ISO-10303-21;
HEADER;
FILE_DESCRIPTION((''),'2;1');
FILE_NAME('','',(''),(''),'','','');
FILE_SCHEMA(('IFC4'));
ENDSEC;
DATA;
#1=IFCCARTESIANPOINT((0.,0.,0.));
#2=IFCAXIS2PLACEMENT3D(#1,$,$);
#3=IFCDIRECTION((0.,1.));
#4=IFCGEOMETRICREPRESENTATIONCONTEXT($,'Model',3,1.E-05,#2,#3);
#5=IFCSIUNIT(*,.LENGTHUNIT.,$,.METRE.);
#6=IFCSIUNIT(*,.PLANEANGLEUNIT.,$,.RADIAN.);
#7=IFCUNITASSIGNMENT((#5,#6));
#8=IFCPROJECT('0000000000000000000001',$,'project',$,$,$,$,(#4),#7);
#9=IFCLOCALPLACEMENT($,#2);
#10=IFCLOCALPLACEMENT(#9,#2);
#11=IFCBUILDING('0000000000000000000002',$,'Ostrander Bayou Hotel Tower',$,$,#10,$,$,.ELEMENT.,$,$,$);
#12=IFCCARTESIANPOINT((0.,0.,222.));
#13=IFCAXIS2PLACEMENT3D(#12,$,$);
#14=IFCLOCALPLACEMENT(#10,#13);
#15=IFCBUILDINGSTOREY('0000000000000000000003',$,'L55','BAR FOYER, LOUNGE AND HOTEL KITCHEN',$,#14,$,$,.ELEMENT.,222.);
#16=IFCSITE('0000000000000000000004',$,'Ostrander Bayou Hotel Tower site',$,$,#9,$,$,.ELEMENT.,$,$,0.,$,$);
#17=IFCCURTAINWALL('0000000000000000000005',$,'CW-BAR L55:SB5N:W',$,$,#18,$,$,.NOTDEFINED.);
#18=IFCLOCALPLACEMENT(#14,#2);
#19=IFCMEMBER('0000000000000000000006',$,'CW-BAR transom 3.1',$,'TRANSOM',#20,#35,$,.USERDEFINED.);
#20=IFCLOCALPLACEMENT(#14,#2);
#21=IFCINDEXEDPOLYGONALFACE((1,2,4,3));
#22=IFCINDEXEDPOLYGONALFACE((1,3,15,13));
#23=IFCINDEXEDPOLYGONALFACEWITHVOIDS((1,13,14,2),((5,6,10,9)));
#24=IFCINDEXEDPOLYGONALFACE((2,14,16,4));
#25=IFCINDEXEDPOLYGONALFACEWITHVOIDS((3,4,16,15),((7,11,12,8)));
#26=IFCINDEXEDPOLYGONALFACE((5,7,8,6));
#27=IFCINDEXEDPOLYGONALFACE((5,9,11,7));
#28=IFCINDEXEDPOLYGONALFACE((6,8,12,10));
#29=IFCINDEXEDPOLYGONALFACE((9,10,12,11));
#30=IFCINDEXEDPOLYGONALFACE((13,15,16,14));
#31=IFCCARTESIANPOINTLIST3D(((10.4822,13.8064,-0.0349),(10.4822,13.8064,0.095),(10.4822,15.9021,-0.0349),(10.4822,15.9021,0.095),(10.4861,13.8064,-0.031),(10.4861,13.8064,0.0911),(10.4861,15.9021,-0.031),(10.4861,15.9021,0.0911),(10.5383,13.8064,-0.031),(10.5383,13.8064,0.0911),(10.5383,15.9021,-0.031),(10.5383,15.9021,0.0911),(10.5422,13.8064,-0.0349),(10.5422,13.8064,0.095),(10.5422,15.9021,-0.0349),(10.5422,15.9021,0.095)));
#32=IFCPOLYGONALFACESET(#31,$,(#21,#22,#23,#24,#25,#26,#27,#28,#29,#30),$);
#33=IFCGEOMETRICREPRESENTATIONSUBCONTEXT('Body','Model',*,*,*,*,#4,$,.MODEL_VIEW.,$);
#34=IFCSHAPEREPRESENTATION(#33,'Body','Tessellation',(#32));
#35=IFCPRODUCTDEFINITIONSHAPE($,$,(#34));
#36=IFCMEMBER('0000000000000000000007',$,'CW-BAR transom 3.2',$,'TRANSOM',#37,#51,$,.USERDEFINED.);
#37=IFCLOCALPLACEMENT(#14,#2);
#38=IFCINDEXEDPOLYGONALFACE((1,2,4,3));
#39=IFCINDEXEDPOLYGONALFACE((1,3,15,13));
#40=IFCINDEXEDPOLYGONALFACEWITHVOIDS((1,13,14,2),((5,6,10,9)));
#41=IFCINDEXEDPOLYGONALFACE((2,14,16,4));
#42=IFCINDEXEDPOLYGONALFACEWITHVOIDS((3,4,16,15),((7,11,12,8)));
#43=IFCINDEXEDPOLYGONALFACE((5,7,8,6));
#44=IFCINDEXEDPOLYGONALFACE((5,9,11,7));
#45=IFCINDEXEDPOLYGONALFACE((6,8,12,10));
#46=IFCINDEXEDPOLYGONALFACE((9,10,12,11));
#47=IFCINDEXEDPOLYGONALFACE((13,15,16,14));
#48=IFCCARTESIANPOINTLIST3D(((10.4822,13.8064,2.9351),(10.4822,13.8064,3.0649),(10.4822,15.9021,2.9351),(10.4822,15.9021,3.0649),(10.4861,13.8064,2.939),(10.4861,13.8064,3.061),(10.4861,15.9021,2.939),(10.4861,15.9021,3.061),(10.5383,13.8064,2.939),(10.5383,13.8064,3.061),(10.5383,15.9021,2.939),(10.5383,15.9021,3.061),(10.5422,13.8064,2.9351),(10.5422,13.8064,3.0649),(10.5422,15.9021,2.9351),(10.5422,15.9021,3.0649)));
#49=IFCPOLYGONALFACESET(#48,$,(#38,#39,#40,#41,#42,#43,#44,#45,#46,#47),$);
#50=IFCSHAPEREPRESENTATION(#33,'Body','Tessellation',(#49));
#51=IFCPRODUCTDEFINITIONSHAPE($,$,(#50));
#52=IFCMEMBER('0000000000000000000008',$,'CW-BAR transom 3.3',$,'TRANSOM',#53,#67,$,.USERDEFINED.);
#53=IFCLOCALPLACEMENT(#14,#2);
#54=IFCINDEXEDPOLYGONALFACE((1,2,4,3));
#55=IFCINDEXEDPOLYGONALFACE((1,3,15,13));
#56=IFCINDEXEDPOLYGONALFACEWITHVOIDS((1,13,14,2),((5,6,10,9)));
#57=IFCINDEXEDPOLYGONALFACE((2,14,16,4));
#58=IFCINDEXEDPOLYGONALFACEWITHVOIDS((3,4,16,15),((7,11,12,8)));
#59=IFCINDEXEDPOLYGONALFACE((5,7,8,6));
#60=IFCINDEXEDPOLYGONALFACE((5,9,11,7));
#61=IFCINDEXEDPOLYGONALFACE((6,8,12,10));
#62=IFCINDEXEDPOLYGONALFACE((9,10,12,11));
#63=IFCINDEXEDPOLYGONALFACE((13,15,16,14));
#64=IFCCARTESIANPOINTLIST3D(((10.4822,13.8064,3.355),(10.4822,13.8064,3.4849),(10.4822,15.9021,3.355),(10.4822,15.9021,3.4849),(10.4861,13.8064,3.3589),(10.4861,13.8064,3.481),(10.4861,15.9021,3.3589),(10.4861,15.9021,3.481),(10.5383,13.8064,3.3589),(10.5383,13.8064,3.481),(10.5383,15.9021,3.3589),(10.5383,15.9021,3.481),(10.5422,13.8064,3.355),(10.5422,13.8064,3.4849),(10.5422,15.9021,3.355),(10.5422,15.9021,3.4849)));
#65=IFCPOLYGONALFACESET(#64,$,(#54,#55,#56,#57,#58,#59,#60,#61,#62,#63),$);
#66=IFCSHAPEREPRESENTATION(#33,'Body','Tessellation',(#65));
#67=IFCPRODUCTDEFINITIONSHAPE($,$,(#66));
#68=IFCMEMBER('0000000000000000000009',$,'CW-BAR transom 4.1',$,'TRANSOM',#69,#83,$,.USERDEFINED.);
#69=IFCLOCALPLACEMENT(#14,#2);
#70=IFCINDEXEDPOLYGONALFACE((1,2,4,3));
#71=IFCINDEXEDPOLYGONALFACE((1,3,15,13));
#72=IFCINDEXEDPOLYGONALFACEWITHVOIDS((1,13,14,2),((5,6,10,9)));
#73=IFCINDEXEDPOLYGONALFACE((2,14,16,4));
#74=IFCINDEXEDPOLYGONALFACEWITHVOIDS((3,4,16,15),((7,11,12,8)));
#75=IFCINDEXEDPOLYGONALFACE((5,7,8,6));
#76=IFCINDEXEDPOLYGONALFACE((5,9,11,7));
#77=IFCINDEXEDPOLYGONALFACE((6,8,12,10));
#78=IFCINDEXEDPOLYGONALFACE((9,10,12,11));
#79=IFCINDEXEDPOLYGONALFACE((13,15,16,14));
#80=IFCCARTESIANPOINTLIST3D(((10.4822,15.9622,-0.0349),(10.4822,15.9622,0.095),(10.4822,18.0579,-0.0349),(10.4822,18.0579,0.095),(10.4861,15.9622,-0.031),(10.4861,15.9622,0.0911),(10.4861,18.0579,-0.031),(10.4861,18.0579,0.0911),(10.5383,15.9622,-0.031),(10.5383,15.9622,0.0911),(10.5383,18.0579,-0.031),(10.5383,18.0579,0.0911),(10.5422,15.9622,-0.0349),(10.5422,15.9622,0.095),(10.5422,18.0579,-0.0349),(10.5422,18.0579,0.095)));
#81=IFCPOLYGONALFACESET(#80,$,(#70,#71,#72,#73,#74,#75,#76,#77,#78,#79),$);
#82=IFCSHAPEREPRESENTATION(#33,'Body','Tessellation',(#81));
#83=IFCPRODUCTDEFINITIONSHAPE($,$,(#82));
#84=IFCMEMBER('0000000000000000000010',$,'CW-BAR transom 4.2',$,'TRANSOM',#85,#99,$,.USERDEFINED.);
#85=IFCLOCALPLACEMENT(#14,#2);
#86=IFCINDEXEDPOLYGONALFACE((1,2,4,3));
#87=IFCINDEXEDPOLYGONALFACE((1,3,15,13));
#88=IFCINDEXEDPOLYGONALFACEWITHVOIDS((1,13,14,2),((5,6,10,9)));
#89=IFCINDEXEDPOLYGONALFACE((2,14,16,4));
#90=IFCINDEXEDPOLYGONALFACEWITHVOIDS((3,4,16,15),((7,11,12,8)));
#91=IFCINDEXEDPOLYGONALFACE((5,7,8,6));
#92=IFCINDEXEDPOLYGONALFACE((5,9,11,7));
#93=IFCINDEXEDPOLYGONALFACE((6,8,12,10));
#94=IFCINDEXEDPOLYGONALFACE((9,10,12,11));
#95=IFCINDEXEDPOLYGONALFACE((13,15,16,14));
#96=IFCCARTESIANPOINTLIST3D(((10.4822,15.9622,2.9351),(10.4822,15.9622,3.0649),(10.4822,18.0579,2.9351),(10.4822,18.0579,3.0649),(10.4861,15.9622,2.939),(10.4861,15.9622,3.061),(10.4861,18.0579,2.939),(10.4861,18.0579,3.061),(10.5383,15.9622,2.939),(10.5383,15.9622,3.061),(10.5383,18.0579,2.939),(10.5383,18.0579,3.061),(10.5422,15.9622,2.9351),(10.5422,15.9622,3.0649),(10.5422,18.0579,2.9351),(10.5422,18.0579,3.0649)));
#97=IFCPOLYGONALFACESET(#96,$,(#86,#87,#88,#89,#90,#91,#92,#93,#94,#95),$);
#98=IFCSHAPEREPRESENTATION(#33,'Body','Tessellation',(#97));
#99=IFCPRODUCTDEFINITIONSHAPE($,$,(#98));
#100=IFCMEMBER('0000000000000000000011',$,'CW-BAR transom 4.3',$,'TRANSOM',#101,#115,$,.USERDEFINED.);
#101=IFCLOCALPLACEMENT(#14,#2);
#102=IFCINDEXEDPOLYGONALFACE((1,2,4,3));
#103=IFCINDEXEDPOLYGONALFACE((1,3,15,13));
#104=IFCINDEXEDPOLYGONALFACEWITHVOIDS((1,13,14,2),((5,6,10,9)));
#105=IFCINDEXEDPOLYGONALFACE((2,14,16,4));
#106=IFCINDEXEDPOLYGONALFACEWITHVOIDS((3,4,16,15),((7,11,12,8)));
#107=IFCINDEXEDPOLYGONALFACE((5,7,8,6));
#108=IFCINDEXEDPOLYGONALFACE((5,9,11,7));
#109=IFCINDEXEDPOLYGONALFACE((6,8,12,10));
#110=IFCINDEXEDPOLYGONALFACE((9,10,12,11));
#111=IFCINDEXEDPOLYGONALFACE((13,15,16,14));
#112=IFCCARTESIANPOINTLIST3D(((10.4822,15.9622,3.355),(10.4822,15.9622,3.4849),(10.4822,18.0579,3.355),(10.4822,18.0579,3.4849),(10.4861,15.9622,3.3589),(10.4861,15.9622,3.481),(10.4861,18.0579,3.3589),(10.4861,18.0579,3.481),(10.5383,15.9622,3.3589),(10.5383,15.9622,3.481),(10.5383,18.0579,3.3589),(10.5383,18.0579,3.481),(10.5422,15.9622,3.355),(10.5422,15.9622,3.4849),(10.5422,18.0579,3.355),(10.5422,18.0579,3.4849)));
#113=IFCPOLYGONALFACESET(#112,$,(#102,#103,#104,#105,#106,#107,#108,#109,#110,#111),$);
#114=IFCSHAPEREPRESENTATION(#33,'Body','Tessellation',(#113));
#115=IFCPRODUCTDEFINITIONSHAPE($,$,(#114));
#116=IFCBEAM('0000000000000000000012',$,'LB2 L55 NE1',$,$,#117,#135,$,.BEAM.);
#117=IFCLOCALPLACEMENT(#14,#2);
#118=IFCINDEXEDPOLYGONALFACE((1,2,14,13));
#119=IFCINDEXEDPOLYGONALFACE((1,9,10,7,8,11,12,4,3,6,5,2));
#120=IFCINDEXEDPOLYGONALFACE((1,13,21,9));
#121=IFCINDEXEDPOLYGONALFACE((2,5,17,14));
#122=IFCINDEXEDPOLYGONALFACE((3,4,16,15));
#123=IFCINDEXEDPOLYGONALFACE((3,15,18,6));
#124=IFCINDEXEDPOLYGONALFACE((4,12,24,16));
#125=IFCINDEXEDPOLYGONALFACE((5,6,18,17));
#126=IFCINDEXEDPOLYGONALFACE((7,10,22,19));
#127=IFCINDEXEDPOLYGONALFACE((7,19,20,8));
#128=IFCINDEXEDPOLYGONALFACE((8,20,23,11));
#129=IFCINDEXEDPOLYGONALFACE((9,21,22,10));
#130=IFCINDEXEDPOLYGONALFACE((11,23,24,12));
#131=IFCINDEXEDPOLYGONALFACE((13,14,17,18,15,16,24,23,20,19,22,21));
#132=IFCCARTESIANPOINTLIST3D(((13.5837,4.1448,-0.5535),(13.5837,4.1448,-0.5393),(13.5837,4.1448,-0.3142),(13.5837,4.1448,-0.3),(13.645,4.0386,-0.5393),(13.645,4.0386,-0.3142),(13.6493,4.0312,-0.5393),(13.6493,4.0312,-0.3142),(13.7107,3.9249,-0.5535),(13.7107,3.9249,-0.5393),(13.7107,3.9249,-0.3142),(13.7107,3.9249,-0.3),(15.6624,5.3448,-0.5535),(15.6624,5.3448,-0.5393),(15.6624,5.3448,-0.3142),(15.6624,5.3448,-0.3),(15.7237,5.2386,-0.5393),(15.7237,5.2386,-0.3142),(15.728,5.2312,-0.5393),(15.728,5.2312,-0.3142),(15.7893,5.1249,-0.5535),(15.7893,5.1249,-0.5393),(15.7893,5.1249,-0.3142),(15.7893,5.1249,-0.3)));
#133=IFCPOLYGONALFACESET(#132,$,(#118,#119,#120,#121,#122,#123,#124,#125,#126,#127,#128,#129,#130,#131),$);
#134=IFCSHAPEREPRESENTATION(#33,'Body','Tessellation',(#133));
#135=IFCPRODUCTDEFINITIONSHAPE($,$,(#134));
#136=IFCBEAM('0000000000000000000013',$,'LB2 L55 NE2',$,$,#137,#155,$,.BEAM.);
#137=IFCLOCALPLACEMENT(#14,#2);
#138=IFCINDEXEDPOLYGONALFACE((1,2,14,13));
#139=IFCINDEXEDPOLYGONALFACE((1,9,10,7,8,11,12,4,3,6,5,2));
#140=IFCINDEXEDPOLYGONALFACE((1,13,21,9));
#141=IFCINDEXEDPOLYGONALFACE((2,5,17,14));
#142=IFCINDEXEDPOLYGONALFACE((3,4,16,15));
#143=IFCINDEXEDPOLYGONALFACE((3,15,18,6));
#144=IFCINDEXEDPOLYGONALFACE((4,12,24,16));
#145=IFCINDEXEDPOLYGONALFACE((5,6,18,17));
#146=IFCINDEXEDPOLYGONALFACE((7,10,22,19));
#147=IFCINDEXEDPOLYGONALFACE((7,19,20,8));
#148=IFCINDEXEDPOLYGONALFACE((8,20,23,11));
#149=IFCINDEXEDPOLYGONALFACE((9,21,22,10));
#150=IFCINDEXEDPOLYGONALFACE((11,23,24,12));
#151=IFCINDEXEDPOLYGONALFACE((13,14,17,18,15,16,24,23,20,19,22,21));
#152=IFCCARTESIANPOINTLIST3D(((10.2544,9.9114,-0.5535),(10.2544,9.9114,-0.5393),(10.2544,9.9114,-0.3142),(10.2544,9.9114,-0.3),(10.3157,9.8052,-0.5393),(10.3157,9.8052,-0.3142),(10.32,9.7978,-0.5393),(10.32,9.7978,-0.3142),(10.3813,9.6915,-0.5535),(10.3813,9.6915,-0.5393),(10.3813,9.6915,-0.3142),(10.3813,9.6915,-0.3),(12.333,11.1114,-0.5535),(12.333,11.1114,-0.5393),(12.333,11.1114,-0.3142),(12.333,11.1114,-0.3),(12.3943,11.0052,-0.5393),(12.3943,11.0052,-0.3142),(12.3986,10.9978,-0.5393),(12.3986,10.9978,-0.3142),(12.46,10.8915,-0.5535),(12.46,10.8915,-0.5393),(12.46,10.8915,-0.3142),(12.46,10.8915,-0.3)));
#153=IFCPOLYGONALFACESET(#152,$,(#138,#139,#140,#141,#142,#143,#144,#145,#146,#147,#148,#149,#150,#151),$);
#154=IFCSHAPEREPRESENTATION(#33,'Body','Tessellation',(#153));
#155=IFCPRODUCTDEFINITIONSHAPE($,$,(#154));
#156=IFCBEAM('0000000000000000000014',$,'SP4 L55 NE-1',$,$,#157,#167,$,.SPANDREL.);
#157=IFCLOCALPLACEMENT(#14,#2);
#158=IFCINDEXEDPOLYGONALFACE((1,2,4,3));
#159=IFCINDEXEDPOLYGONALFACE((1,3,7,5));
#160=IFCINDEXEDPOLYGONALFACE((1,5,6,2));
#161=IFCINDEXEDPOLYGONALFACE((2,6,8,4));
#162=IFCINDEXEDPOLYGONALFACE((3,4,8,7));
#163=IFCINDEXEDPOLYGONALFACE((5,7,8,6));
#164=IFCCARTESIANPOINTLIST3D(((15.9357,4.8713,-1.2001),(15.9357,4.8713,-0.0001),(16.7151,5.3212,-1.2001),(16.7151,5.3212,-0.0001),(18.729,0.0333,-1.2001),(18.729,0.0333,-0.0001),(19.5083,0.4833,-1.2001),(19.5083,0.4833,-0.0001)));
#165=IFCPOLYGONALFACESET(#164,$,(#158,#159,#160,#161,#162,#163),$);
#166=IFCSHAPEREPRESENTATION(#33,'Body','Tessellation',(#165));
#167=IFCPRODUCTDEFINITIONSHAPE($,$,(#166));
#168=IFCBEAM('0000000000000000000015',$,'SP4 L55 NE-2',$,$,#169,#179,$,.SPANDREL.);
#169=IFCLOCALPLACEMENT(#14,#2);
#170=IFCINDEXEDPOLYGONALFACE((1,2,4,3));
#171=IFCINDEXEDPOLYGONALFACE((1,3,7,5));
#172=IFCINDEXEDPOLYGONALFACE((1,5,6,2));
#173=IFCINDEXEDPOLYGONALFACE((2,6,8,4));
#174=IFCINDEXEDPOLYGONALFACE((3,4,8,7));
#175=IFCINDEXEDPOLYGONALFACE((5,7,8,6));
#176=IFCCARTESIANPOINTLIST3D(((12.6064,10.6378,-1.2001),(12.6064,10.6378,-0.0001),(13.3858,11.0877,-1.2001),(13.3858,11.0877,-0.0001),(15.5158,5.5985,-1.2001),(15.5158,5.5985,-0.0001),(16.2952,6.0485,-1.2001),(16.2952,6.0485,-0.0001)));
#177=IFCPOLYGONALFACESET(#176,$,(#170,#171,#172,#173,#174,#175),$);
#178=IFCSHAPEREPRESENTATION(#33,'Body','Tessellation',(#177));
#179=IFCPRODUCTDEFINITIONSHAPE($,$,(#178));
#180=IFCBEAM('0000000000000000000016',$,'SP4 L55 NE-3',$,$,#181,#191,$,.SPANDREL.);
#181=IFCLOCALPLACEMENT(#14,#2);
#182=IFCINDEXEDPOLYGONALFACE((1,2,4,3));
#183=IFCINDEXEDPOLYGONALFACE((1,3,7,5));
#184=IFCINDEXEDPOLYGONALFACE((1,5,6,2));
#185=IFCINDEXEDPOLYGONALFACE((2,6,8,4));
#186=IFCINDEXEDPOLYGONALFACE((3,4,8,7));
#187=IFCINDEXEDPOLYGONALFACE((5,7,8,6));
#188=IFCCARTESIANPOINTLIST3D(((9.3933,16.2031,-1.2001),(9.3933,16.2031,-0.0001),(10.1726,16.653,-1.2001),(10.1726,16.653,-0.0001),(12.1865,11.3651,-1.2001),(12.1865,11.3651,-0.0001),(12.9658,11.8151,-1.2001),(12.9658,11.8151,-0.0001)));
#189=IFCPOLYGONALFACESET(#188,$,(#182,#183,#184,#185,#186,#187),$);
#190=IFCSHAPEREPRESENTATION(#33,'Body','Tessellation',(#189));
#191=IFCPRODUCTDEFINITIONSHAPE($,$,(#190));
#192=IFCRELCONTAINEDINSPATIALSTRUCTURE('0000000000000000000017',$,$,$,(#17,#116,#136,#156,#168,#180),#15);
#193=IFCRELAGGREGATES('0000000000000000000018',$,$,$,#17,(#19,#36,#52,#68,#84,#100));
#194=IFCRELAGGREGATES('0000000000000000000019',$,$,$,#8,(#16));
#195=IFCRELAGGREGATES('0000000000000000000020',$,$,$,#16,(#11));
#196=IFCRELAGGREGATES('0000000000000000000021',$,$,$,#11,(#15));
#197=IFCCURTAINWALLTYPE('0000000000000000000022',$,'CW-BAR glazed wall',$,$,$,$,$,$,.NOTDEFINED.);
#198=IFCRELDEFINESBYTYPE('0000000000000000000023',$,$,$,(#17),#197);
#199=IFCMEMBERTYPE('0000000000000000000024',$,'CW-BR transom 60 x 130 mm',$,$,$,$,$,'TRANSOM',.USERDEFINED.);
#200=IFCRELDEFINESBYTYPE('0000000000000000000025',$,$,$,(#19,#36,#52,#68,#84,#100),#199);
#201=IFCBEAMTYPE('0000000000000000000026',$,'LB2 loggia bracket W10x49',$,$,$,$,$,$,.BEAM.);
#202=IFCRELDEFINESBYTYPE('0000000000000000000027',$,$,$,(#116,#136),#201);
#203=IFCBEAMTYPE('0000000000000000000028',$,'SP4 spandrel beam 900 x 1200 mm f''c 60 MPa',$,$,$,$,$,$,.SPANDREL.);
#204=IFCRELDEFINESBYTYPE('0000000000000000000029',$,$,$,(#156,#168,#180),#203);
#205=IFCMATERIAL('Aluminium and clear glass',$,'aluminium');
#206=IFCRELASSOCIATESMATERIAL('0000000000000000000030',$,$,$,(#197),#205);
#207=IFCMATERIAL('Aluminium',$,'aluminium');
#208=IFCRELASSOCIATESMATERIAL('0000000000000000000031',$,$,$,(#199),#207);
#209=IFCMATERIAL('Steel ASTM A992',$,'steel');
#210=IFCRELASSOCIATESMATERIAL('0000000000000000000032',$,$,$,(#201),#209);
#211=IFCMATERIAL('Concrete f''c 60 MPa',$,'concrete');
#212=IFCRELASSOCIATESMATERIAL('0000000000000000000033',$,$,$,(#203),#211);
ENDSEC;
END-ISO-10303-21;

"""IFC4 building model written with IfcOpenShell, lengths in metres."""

from ifc_helpers import new_model, si_unit, direction, frame, origin, origin_2d, place, context, subcontext, project, spatial, rectangle, hollow_rectangle, i_section, extrude, material, material_profile, profile_set, type_object, element, aggregate, save


model = new_model("IFC4")

# Units and contexts
model_context = context("Model", 3, precision=1e-05, world=origin(), true_north=direction((0.0, 1.0)))
body_context = subcontext(model_context, "Body", "Model", "MODEL_VIEW")
ifc_project = project(units=[si_unit("LENGTHUNIT", "METRE"), si_unit("PLANEANGLEUNIT", "RADIAN")], contexts=[model_context])

# Site, building, storey
site_placement = place(None, origin())
site = spatial("IfcSite", under=ifc_project, at=site_placement, Name="Ostrander Bayou Hotel Tower site", CompositionType="ELEMENT", RefElevation=0.0)
building_placement = place(site_placement, origin())
building = spatial("IfcBuilding", under=site, at=building_placement, Name="Ostrander Bayou Hotel Tower", CompositionType="ELEMENT")
storey_placement = place(building_placement, frame((0.0, 0.0, 222.0)))
storey = spatial("IfcBuildingStorey", under=building, at=storey_placement, Name="L55", Description="BAR FOYER, LOUNGE AND HOTEL KITCHEN", CompositionType="ELEMENT", Elevation=222.0)

# Curtain wall, members
ifc_material_1 = material(Name="Aluminium and clear glass", Category="aluminium")
curtain_wall_type = type_object("IfcCurtainWallType", Name="CW-BAR glazed wall", PredefinedType="NOTDEFINED", material=ifc_material_1)
curtain_wall_placement = place(storey_placement, origin())
curtain_wall = element("IfcCurtainWall", 1, at=curtain_wall_placement, inside=storey, type_object=curtain_wall_type, Name="CW-BAR L55:SB5N:W", PredefinedType="NOTDEFINED")
ifc_material_2 = material(Name="Aluminium", Category="aluminium")
ifc_material_profile_1 = material_profile(ifc_material_2, hollow_rectangle(XDim=0.0601, YDim=0.1299, WallThickness=0.0039, at=origin_2d()))
ifc_profile_set_1 = profile_set([ifc_material_profile_1], Name="Aluminium")
member_type_1 = type_object("IfcMemberType", Name="CW-BR transom 60 x 130 mm", ElementType="TRANSOM", PredefinedType="USERDEFINED", material=ifc_profile_set_1)
member_1_placement = place(storey_placement, frame((10.5122, 13.8064, 0.03), z_axis=(0.0, 1.0, 0.0), x_axis=(-1.0, 0.0, 0.0)))
member_1 = element("IfcMember", 2, at=member_1_placement, type_object=member_type_1, Name="CW-BAR transom 3.1", ObjectType="TRANSOM", PredefinedType="USERDEFINED", context=body_context, shape_type="SweptSolid", body=[
    extrude(hollow_rectangle(XDim=0.0601, YDim=0.1299, WallThickness=0.0039, at=origin_2d()), origin(), (0.0, 0.0, 1.0), 2.0957),
])
member_2_placement = place(storey_placement, frame((10.5122, 13.8064, 3.0), z_axis=(0.0, 1.0, 0.0), x_axis=(-1.0, 0.0, 0.0)))
member_2 = element("IfcMember", 3, at=member_2_placement, type_object=member_type_1, Name="CW-BAR transom 3.2", ObjectType="TRANSOM", PredefinedType="USERDEFINED", context=body_context, shape_type="SweptSolid", body=[
    extrude(hollow_rectangle(XDim=0.0601, YDim=0.1299, WallThickness=0.0039, at=origin_2d()), origin(), (0.0, 0.0, 1.0), 2.0957),
])
member_3_placement = place(storey_placement, frame((10.5122, 13.8064, 3.4199), z_axis=(0.0, 1.0, 0.0), x_axis=(-1.0, 0.0, 0.0)))
member_3 = element("IfcMember", 4, at=member_3_placement, type_object=member_type_1, Name="CW-BAR transom 3.3", ObjectType="TRANSOM", PredefinedType="USERDEFINED", context=body_context, shape_type="SweptSolid", body=[
    extrude(hollow_rectangle(XDim=0.0601, YDim=0.1299, WallThickness=0.0039, at=origin_2d()), origin(), (0.0, 0.0, 1.0), 2.0957),
])
member_4_placement = place(storey_placement, frame((10.5122, 15.9622, 0.03), z_axis=(0.0, 1.0, 0.0), x_axis=(-1.0, 0.0, 0.0)))
member_4 = element("IfcMember", 5, at=member_4_placement, type_object=member_type_1, Name="CW-BAR transom 4.1", ObjectType="TRANSOM", PredefinedType="USERDEFINED", context=body_context, shape_type="SweptSolid", body=[
    extrude(hollow_rectangle(XDim=0.0601, YDim=0.1299, WallThickness=0.0039, at=origin_2d()), origin(), (0.0, 0.0, 1.0), 2.0957),
])
member_5_placement = place(storey_placement, frame((10.5122, 15.9622, 3.0), z_axis=(0.0, 1.0, 0.0), x_axis=(-1.0, 0.0, 0.0)))
member_5 = element("IfcMember", 6, at=member_5_placement, type_object=member_type_1, Name="CW-BAR transom 4.2", ObjectType="TRANSOM", PredefinedType="USERDEFINED", context=body_context, shape_type="SweptSolid", body=[
    extrude(hollow_rectangle(XDim=0.0601, YDim=0.1299, WallThickness=0.0039, at=origin_2d()), origin(), (0.0, 0.0, 1.0), 2.0957),
])
member_6_placement = place(storey_placement, frame((10.5122, 15.9622, 3.4199), z_axis=(0.0, 1.0, 0.0), x_axis=(-1.0, 0.0, 0.0)))
member_6 = element("IfcMember", 7, at=member_6_placement, type_object=member_type_1, Name="CW-BAR transom 4.3", ObjectType="TRANSOM", PredefinedType="USERDEFINED", context=body_context, shape_type="SweptSolid", body=[
    extrude(hollow_rectangle(XDim=0.0601, YDim=0.1299, WallThickness=0.0039, at=origin_2d()), origin(), (0.0, 0.0, 1.0), 2.0957),
])

# Beams
ifc_material_3 = material(Name="Steel ASTM A992", Category="steel")
ifc_material_profile_2 = material_profile(ifc_material_3, i_section(OverallWidth=0.2539, OverallDepth=0.2534, WebThickness=0.0085, FlangeThickness=0.0142, at=origin_2d()))
ifc_profile_set_2 = profile_set([ifc_material_profile_2], Name="Steel ASTM A992")
beam_type_1 = type_object("IfcBeamType", Name="LB2 loggia bracket W10x49", PredefinedType="BEAM", material=ifc_profile_set_2)
for number, where, z_axis, x_axis, name in (
    (8, (15.7258, 5.2349, -0.4268), (-0.86605, -0.499957, 0.0), (0.499957, -0.86605, 0.0), "LB2 L55 NE1"),
    (9, (12.3965, 11.0015, -0.4268), (-0.86605, -0.499957, 0.0), (0.499957, -0.86605, 0.0), "LB2 L55 NE2"),
):
    element("IfcBeam", number, at=place(storey_placement, frame(where, z_axis=z_axis, x_axis=x_axis)), inside=storey, type_object=beam_type_1, Name=name, PredefinedType="BEAM", context=body_context, shape_type="SweptSolid", body=[
        extrude(i_section(OverallWidth=0.2539, OverallDepth=0.2534, WebThickness=0.0085, FlangeThickness=0.0142, at=origin_2d()), origin(), (0.0, 0.0, 1.0), 2.4001),
    ])
ifc_material_4 = material(Name="Concrete f'c 60 MPa", Category="concrete")
ifc_material_profile_3 = material_profile(ifc_material_4, rectangle(XDim=0.8999, YDim=1.2, at=origin_2d()))
ifc_profile_set_3 = profile_set([ifc_material_profile_3], Name="Concrete f'c 60 MPa")
beam_type_2 = type_object("IfcBeamType", Name="SP4 spandrel beam 900 x 1200 mm f'c 60 MPa", PredefinedType="SPANDREL", material=ifc_profile_set_3)
beam_1_placement = place(storey_placement, frame((19.1187, 0.2583, -0.6001), z_axis=(-0.500007, 0.866021, 0.0), x_axis=(-0.866021, -0.500007, 0.0)))
element("IfcBeam", 10, at=beam_1_placement, inside=storey, type_object=beam_type_2, Name="SP4 L55 NE-1", PredefinedType="SPANDREL", context=body_context, shape_type="SweptSolid", body=[
    extrude(rectangle(XDim=0.8999, YDim=1.2, at=origin_2d()), origin(), (0.0, 0.0, 1.0), 5.5864),
])
beam_2_placement = place(storey_placement, frame((15.9055, 5.8235, -0.6001), z_axis=(-0.499997, 0.866027, 0.0), x_axis=(-0.866027, -0.499997, 0.0)))
element("IfcBeam", 11, at=beam_2_placement, inside=storey, type_object=beam_type_2, Name="SP4 L55 NE-2", PredefinedType="SPANDREL", context=body_context, shape_type="SweptSolid", body=[
    extrude(rectangle(XDim=0.8999, YDim=1.2, at=origin_2d()), origin(), (0.0, 0.0, 1.0), 5.8188),
])
beam_3_placement = place(storey_placement, frame((12.5762, 11.5901, -0.6001), z_axis=(-0.500007, 0.866021, 0.0), x_axis=(-0.866021, -0.500007, 0.0)))
element("IfcBeam", 12, at=beam_3_placement, inside=storey, type_object=beam_type_2, Name="SP4 L55 NE-3", PredefinedType="SPANDREL", context=body_context, shape_type="SweptSolid", body=[
    extrude(rectangle(XDim=0.8999, YDim=1.2, at=origin_2d()), origin(), (0.0, 0.0, 1.0), 5.5864),
])

aggregate(curtain_wall, [member_1, member_2, member_3, member_4, member_5, member_6])

save(model, "model.ifc")
